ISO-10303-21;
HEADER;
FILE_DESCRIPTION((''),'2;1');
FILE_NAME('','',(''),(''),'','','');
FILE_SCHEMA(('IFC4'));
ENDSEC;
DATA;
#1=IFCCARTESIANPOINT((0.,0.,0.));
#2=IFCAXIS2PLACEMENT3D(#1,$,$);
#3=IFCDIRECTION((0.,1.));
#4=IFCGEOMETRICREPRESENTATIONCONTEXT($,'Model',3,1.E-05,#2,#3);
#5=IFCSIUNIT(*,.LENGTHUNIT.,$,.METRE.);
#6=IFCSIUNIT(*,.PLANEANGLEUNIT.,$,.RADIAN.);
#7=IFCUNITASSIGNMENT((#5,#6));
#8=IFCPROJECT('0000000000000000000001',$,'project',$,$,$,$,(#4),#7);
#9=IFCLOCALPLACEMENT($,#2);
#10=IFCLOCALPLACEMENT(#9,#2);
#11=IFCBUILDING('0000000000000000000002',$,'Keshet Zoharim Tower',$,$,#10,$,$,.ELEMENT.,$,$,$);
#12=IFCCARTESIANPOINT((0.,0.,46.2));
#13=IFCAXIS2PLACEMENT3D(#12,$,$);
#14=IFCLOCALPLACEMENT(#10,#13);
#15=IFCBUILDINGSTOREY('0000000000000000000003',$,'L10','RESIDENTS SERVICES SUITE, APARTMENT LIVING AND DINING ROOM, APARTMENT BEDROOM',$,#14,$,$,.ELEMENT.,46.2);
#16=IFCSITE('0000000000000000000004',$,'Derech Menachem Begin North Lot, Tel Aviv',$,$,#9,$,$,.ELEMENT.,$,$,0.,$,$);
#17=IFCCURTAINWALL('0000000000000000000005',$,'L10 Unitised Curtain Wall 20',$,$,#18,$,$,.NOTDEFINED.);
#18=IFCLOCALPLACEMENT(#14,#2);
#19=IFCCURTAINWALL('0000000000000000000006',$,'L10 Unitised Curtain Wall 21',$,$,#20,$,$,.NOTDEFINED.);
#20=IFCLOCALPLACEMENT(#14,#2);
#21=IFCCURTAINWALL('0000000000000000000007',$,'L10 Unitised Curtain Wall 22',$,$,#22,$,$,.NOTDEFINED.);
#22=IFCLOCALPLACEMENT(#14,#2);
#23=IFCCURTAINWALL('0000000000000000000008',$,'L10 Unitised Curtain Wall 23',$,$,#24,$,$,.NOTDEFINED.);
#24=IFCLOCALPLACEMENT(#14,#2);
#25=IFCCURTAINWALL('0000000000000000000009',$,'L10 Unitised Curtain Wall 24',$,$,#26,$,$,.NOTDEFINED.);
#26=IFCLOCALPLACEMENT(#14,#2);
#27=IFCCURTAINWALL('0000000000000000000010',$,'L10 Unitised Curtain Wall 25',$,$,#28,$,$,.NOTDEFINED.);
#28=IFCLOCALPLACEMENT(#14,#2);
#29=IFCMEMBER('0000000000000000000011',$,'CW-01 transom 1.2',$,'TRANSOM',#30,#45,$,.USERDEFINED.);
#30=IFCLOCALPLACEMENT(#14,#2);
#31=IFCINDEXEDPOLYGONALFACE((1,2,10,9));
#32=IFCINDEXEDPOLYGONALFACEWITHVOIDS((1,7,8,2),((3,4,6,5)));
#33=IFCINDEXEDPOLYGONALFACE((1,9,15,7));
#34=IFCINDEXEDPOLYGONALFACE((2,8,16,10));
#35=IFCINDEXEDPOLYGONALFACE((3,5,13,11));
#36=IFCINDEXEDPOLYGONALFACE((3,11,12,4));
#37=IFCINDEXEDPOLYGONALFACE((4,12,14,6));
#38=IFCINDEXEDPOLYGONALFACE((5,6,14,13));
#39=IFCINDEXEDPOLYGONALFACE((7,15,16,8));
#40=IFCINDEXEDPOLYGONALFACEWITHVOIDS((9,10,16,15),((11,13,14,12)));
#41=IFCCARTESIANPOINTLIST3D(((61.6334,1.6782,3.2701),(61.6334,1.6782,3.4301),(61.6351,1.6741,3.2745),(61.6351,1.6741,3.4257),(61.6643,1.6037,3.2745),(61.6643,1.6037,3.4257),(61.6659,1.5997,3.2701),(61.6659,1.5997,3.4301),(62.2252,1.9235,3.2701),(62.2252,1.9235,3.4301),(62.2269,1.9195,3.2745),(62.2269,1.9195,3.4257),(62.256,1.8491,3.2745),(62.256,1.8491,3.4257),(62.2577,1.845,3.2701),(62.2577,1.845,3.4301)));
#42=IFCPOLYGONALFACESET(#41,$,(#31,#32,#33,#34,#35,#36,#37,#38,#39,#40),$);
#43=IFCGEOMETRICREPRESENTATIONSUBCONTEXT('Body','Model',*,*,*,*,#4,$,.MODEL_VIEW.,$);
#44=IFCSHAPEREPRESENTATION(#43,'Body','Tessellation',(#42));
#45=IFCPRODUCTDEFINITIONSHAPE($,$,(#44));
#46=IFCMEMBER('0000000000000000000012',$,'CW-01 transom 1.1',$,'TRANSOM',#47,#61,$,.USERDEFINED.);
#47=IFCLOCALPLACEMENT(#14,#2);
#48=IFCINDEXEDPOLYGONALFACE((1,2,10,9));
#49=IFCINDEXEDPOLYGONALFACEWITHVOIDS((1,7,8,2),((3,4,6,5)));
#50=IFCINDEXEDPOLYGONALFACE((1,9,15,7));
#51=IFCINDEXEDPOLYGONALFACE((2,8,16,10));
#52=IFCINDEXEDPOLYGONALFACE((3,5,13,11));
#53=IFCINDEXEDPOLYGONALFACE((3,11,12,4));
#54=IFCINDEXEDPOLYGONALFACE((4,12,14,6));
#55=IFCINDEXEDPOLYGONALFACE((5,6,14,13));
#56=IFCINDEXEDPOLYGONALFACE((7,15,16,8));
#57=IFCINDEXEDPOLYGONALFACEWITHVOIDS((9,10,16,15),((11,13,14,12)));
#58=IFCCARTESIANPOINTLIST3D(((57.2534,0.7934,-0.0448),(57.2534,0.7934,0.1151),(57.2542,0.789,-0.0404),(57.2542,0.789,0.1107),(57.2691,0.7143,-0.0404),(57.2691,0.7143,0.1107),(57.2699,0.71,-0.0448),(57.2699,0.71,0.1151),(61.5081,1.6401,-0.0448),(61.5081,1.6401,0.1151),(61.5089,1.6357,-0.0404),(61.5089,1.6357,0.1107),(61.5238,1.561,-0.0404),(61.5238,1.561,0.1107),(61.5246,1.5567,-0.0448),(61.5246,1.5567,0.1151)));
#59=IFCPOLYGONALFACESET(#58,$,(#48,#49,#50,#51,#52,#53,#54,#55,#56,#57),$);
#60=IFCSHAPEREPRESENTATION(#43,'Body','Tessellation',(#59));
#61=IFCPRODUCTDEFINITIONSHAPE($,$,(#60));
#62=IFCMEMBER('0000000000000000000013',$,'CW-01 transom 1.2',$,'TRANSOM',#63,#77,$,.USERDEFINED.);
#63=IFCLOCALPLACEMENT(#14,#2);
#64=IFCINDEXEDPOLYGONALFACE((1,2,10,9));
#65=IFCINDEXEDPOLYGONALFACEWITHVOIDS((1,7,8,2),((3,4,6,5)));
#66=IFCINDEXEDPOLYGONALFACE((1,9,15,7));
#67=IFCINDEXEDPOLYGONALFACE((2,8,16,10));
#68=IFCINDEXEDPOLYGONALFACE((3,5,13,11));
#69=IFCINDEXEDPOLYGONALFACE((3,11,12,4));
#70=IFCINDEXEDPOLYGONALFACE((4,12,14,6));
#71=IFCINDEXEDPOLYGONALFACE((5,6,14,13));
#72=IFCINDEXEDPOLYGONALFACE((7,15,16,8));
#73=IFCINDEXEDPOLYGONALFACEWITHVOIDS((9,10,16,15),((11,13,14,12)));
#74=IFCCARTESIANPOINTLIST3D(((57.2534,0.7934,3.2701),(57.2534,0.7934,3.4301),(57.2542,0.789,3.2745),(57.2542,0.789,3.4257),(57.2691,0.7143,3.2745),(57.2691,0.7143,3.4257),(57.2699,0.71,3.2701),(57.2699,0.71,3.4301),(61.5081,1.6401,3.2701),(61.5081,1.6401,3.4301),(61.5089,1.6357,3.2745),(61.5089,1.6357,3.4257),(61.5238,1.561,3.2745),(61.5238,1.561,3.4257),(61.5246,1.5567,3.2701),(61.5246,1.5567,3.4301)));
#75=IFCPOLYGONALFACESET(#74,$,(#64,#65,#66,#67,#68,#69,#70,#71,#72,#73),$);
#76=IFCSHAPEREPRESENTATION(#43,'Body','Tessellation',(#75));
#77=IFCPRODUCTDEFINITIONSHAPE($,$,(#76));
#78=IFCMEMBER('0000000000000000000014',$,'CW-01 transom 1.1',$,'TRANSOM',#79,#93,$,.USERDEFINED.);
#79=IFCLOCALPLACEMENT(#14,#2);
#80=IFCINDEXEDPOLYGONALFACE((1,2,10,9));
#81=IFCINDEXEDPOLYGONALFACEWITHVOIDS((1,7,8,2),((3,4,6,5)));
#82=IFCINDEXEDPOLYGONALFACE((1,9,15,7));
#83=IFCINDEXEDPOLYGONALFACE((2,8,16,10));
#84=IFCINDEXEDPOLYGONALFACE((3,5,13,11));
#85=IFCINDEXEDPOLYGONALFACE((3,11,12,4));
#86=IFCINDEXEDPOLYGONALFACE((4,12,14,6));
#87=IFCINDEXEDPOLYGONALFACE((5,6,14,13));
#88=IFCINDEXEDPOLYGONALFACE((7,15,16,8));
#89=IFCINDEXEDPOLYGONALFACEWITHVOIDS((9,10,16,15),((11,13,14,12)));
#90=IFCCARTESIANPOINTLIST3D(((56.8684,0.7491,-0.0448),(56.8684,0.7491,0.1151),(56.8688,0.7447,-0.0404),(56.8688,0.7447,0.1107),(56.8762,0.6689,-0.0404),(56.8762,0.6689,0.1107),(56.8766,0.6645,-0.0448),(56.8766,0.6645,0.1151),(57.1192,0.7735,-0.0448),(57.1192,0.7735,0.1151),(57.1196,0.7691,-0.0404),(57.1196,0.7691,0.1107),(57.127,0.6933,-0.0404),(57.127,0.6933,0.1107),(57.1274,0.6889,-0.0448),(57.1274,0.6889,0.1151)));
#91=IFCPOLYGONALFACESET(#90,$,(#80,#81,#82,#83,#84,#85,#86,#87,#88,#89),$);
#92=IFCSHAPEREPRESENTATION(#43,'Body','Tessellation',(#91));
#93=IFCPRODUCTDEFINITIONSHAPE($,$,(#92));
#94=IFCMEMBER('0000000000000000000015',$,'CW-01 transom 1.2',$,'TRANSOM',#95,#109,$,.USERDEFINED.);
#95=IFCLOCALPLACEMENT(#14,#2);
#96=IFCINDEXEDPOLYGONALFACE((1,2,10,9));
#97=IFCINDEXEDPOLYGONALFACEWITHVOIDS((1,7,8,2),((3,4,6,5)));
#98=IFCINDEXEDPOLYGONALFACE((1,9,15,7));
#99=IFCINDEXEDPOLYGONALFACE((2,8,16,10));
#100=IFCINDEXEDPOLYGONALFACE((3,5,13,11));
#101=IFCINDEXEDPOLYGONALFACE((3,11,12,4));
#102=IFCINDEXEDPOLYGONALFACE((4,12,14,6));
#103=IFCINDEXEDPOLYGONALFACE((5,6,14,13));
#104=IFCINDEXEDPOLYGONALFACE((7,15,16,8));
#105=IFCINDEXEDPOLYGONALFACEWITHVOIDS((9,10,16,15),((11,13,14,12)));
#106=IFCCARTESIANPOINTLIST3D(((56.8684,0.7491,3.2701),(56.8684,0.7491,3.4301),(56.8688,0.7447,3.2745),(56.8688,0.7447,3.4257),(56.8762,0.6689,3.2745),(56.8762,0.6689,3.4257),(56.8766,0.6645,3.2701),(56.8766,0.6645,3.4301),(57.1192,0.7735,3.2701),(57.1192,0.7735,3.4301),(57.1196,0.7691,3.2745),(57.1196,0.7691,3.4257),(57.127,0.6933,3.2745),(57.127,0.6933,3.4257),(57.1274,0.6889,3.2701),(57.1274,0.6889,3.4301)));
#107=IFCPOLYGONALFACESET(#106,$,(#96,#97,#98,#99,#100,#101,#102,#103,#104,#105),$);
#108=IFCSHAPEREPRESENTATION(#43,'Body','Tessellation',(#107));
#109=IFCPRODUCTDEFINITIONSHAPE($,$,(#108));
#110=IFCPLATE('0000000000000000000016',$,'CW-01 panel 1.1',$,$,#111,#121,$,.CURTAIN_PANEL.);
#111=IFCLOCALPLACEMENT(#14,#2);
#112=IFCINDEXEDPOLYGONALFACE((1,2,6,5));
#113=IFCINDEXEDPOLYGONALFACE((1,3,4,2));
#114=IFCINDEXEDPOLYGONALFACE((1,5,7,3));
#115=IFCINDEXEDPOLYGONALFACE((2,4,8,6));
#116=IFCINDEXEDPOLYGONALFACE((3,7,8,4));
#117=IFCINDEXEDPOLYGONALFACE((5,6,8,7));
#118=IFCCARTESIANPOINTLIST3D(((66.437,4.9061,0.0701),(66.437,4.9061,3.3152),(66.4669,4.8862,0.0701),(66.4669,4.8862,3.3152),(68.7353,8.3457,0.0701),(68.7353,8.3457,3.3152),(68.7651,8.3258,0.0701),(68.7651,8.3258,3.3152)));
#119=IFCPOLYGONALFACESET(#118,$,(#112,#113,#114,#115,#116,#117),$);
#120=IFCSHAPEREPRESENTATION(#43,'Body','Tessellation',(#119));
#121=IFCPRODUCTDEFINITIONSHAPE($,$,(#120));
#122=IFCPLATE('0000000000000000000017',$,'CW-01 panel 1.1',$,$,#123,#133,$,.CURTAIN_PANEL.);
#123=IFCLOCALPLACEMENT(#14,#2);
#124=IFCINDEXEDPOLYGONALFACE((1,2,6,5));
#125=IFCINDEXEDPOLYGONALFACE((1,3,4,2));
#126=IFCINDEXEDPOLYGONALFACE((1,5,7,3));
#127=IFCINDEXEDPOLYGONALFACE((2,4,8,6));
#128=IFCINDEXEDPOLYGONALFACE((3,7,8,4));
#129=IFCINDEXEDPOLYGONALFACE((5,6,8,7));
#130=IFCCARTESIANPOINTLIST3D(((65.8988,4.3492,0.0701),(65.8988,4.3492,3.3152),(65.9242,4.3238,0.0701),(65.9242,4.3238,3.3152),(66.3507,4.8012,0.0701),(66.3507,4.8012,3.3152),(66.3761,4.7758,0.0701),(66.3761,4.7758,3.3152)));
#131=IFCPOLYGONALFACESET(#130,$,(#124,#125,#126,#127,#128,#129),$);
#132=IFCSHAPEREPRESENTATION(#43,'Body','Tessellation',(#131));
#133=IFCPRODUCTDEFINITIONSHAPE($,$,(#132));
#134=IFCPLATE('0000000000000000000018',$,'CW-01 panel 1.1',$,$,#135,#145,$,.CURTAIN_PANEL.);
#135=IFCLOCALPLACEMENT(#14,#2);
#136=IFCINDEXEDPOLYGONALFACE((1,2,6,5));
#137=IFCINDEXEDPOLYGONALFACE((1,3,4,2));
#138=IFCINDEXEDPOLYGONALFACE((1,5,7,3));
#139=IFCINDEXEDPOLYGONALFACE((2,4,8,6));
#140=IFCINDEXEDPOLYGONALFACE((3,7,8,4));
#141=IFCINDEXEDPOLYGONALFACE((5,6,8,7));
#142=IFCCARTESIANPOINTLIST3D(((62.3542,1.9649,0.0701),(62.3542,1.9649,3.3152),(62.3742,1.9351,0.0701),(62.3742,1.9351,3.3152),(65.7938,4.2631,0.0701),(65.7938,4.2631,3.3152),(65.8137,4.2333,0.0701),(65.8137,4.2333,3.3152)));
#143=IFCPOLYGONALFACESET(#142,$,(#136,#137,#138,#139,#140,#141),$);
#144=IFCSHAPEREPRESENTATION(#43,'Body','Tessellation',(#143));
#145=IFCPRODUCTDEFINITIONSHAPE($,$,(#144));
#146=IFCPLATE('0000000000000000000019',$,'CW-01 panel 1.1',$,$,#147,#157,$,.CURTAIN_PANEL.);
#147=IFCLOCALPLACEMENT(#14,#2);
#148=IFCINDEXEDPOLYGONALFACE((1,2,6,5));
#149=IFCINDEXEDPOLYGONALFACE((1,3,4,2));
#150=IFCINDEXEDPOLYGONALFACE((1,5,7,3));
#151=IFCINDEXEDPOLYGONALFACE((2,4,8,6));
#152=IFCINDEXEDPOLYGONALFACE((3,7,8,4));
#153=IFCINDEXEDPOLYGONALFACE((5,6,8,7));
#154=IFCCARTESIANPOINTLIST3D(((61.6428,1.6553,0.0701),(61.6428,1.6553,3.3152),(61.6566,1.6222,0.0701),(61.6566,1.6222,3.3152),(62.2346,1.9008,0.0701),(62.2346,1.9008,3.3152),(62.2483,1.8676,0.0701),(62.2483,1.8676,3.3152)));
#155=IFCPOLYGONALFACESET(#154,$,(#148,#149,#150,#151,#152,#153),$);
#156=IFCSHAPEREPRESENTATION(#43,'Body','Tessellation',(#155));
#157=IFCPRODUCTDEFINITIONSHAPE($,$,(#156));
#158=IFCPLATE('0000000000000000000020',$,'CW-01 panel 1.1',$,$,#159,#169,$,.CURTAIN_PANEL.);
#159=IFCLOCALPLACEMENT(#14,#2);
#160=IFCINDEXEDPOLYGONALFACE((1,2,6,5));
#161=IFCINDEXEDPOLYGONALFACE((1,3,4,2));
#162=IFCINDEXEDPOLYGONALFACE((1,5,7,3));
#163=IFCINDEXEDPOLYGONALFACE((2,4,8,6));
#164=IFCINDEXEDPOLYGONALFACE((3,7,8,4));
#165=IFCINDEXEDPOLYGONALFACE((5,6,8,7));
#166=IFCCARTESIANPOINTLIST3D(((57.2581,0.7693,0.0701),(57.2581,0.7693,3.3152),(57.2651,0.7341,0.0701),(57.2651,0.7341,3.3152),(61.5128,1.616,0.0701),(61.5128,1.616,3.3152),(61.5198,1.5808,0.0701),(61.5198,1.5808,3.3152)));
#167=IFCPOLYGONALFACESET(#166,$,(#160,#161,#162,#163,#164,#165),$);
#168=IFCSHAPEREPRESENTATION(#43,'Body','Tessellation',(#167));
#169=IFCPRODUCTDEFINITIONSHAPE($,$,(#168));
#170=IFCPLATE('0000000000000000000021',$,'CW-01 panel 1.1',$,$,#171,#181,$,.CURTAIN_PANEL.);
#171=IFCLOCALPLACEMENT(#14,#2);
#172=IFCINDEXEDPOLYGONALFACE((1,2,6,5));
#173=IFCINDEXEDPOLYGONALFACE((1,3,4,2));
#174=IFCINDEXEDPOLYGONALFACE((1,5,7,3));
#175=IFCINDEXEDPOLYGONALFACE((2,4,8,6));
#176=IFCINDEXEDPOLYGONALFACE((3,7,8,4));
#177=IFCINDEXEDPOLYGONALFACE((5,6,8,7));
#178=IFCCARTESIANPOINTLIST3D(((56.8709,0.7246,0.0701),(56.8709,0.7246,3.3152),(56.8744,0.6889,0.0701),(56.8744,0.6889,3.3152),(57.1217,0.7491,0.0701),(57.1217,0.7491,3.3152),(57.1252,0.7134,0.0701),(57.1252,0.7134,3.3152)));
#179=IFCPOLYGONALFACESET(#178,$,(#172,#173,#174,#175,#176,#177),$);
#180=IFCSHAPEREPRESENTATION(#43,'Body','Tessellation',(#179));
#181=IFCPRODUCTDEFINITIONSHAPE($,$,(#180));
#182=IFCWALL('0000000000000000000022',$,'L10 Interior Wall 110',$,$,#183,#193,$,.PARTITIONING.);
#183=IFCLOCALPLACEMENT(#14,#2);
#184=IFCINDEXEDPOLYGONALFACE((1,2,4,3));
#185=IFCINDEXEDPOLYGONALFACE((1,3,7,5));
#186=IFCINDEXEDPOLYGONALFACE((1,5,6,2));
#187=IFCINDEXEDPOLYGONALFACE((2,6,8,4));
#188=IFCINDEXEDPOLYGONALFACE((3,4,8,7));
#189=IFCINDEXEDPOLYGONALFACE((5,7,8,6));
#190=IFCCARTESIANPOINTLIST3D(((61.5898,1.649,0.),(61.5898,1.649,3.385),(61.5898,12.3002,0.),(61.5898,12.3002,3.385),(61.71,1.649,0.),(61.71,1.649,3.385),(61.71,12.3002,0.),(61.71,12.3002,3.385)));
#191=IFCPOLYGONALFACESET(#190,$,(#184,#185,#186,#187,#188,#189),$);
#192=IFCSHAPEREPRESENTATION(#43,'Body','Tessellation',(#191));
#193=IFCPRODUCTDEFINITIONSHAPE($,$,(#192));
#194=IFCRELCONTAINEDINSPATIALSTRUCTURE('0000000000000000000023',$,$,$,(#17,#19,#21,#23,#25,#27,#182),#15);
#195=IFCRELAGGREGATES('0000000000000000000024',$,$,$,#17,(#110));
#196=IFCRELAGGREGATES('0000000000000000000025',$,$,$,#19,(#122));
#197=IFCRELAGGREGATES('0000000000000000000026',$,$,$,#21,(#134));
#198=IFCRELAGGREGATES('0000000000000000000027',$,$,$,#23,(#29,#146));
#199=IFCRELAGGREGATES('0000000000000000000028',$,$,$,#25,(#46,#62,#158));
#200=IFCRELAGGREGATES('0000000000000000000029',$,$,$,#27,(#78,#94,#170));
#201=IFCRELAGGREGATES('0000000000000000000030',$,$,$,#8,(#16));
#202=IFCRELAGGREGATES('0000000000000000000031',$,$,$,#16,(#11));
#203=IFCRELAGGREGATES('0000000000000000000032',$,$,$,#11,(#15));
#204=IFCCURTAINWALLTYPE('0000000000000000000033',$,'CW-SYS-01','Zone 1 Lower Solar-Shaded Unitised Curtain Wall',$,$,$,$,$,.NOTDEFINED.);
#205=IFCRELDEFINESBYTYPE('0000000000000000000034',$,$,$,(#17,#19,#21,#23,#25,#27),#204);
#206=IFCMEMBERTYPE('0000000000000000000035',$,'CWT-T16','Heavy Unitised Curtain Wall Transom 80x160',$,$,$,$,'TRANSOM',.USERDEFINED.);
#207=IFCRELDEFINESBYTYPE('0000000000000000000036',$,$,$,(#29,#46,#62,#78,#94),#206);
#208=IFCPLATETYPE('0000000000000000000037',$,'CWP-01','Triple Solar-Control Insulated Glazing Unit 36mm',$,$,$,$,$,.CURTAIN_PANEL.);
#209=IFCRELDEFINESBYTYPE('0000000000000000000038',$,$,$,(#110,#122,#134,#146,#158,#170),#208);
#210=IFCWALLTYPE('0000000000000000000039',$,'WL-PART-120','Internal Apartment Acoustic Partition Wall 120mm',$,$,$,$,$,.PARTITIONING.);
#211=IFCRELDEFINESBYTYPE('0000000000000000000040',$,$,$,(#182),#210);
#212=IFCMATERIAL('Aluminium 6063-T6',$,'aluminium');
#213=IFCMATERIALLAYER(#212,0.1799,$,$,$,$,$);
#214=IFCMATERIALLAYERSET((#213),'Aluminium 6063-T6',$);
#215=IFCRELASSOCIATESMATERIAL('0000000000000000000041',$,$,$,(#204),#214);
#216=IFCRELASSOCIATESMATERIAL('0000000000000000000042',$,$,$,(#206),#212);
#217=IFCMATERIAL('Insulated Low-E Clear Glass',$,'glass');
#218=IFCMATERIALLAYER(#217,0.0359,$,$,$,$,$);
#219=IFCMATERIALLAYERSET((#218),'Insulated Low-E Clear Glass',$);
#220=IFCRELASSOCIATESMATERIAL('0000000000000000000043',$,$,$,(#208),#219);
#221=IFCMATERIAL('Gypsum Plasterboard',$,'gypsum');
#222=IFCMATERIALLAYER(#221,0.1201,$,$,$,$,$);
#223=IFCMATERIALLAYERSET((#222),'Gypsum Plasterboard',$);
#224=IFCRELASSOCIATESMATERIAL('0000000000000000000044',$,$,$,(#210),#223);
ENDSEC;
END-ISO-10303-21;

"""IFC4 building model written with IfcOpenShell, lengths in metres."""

from ifc_helpers import new_model, si_unit, direction, frame, frame_2d, origin, origin_2d, place, context, subcontext, project, spatial, rectangle, hollow_rectangle, extrude, material, layer, layer_set, material_profile, profile_set, type_object, element, aggregate, save


model = new_model("IFC4")

# Units and contexts
model_context = context("Model", 3, precision=1e-05, world=origin(), true_north=direction((0.0, 1.0)))
body_context = subcontext(model_context, "Body", "Model", "MODEL_VIEW")
ifc_project = project(units=[si_unit("LENGTHUNIT", "METRE"), si_unit("PLANEANGLEUNIT", "RADIAN")], contexts=[model_context])

# Site, building, storey
site_placement = place(None, origin())
site = spatial("IfcSite", under=ifc_project, at=site_placement, Name="Derech Menachem Begin North Lot, Tel Aviv", CompositionType="ELEMENT", RefElevation=0.0)
building_placement = place(site_placement, origin())
building = spatial("IfcBuilding", under=site, at=building_placement, Name="Keshet Zoharim Tower", CompositionType="ELEMENT")
storey_placement = place(building_placement, frame((0.0, 0.0, 46.2)))
storey = spatial("IfcBuildingStorey", under=building, at=storey_placement, Name="L10", Description="RESIDENTS SERVICES SUITE, APARTMENT LIVING AND DINING ROOM, APARTMENT BEDROOM", CompositionType="ELEMENT", Elevation=46.2)

# Curtain wall
ifc_material_1 = material(Name="Aluminium 6063-T6", Category="aluminium")
ifc_layer_1 = layer(ifc_material_1, 0.1799)
ifc_layer_set_1 = layer_set([ifc_layer_1], Name="Aluminium 6063-T6")
curtain_wall_type = type_object("IfcCurtainWallType", Name="CW-SYS-01", Description="Zone 1 Lower Solar-Shaded Unitised Curtain Wall", PredefinedType="NOTDEFINED", material=ifc_layer_set_1)
curtain_wall_1_placement = place(storey_placement, origin())
curtain_wall_1 = element("IfcCurtainWall", 1, at=curtain_wall_1_placement, inside=storey, type_object=curtain_wall_type, Name="L10 Unitised Curtain Wall 20", PredefinedType="NOTDEFINED")

# Curtain walls
curtain_wall_2_placement = place(storey_placement, origin())
curtain_wall_2 = element("IfcCurtainWall", 2, at=curtain_wall_2_placement, inside=storey, type_object=curtain_wall_type, Name="L10 Unitised Curtain Wall 21", PredefinedType="NOTDEFINED")
curtain_wall_3_placement = place(storey_placement, origin())
curtain_wall_3 = element("IfcCurtainWall", 3, at=curtain_wall_3_placement, inside=storey, type_object=curtain_wall_type, Name="L10 Unitised Curtain Wall 22", PredefinedType="NOTDEFINED")
curtain_wall_4_placement = place(storey_placement, origin())
curtain_wall_4 = element("IfcCurtainWall", 4, at=curtain_wall_4_placement, inside=storey, type_object=curtain_wall_type, Name="L10 Unitised Curtain Wall 23", PredefinedType="NOTDEFINED")
curtain_wall_5_placement = place(storey_placement, origin())
curtain_wall_5 = element("IfcCurtainWall", 5, at=curtain_wall_5_placement, inside=storey, type_object=curtain_wall_type, Name="L10 Unitised Curtain Wall 24", PredefinedType="NOTDEFINED")
curtain_wall_6_placement = place(storey_placement, origin())
curtain_wall_6 = element("IfcCurtainWall", 6, at=curtain_wall_6_placement, inside=storey, type_object=curtain_wall_type, Name="L10 Unitised Curtain Wall 25", PredefinedType="NOTDEFINED")

# Members
ifc_material_profile_1 = material_profile(ifc_material_1, hollow_rectangle(XDim=0.085, YDim=0.1599, WallThickness=0.0044, at=origin_2d()), Name="TRN-85x160")
ifc_profile_set_1 = profile_set([ifc_material_profile_1], Name="Aluminium 6063-T6")
member_type_1 = type_object("IfcMemberType", Name="CWT-T16", Description="Heavy Unitised Curtain Wall Transom 80x160", ElementType="TRANSOM", PredefinedType="USERDEFINED", material=ifc_profile_set_1)
member_1_placement = place(storey_placement, frame((62.2415, 1.8843, 3.3501), z_axis=(-0.923752, -0.382991, 0.0), x_axis=(0.382991, -0.923752, 0.0)))
member_1 = element("IfcMember", 7, at=member_1_placement, type_object=member_type_1, Name="CW-01 transom 1.2", ObjectType="TRANSOM", PredefinedType="USERDEFINED", context=body_context, shape_type="SweptSolid", body=[
    extrude(hollow_rectangle(XDim=0.085, YDim=0.1599, WallThickness=0.0044, at=origin_2d()), origin(), (0.0, 0.0, 1.0), 0.6406),
])
member_2_placement = place(storey_placement, frame((61.5164, 1.5984, 0.0352), z_axis=(-0.980769, -0.195174, 0.0), x_axis=(0.195174, -0.980769, 0.0)))
member_2 = element("IfcMember", 8, at=member_2_placement, type_object=member_type_1, Name="CW-01 transom 1.1", ObjectType="TRANSOM", PredefinedType="USERDEFINED", context=body_context, shape_type="SweptSolid", body=[
    extrude(hollow_rectangle(XDim=0.085, YDim=0.1599, WallThickness=0.0044, at=origin_2d()), origin(), (0.0, 0.0, 1.0), 4.3381),
])
member_3_placement = place(storey_placement, frame((61.5164, 1.5984, 3.3501), z_axis=(-0.980769, -0.195174, 0.0), x_axis=(0.195174, -0.980769, 0.0)))
member_3 = element("IfcMember", 9, at=member_3_placement, type_object=member_type_1, Name="CW-01 transom 1.2", ObjectType="TRANSOM", PredefinedType="USERDEFINED", context=body_context, shape_type="SweptSolid", body=[
    extrude(hollow_rectangle(XDim=0.085, YDim=0.1599, WallThickness=0.0044, at=origin_2d()), origin(), (0.0, 0.0, 1.0), 4.3381),
])
member_4_placement = place(storey_placement, frame((57.1233, 0.7312, 0.0352), z_axis=(-0.995293, -0.096913, 0.0), x_axis=(0.096913, -0.995293, 0.0)))
member_4 = element("IfcMember", 10, at=member_4_placement, type_object=member_type_1, Name="CW-01 transom 1.1", ObjectType="TRANSOM", PredefinedType="USERDEFINED", context=body_context, shape_type="SweptSolid", body=[
    extrude(hollow_rectangle(XDim=0.085, YDim=0.1599, WallThickness=0.0044, at=origin_2d()), origin(), (0.0, 0.0, 1.0), 0.252),
])
member_5_placement = place(storey_placement, frame((57.1233, 0.7312, 3.3501), z_axis=(-0.995293, -0.096913, 0.0), x_axis=(0.096913, -0.995293, 0.0)))
member_5 = element("IfcMember", 11, at=member_5_placement, type_object=member_type_1, Name="CW-01 transom 1.2", ObjectType="TRANSOM", PredefinedType="USERDEFINED", context=body_context, shape_type="SweptSolid", body=[
    extrude(hollow_rectangle(XDim=0.085, YDim=0.1599, WallThickness=0.0044, at=origin_2d()), origin(), (0.0, 0.0, 1.0), 0.252),
])

# Plates
ifc_material_2 = material(Name="Insulated Low-E Clear Glass", Category="glass")
ifc_layer_2 = layer(ifc_material_2, 0.0359)
ifc_layer_set_2 = layer_set([ifc_layer_2], Name="Insulated Low-E Clear Glass")
plate_type = type_object("IfcPlateType", Name="CWP-01", Description="Triple Solar-Control Insulated Glazing Unit 36mm", PredefinedType="CURTAIN_PANEL", material=ifc_layer_set_2)
plate_1_placement = place(storey_placement, frame((67.6011, 6.616, 0.0701), z_axis=(0.0, 0.0, 1.0), x_axis=(-0.555563, -0.831474, 0.0)))
plate_1 = element("IfcPlate", 12, at=plate_1_placement, type_object=plate_type, Name="CW-01 panel 1.1", PredefinedType="CURTAIN_PANEL", context=body_context, shape_type="SweptSolid", body=[
    extrude(rectangle(XDim=4.1367, YDim=0.0359, at=origin_2d()), origin(), (0.0, 0.0, 1.0), 3.2451),
])
aggregate(curtain_wall_1, [plate_1])
plate_2_placement = place(storey_placement, frame((66.1375, 4.5625, 0.0701), z_axis=(0.0, 0.0, 1.0), x_axis=(-0.707107, -0.707107, 0.0)))
plate_2 = element("IfcPlate", 13, at=plate_2_placement, type_object=plate_type, Name="CW-01 panel 1.1", PredefinedType="CURTAIN_PANEL", context=body_context, shape_type="SweptSolid", body=[
    extrude(rectangle(XDim=0.6392, YDim=0.0359, at=origin_2d()), origin(), (0.0, 0.0, 1.0), 3.2451),
])
aggregate(curtain_wall_2, [plate_2])
plate_3_placement = place(storey_placement, frame((64.084, 3.0991, 0.0701), z_axis=(0.0, 0.0, 1.0), x_axis=(-0.831474, -0.555563, 0.0)))
plate_3 = element("IfcPlate", 14, at=plate_3_placement, type_object=plate_type, Name="CW-01 panel 1.1", PredefinedType="CURTAIN_PANEL", context=body_context, shape_type="SweptSolid", body=[
    extrude(rectangle(XDim=4.1367, YDim=0.0359, at=origin_2d()), origin(), (0.0, 0.0, 1.0), 3.2451),
])
aggregate(curtain_wall_3, [plate_3])
plate_4_placement = place(storey_placement, frame((61.9456, 1.7615, 0.0701), z_axis=(0.0, 0.0, 1.0), x_axis=(-0.92372, -0.383068, 0.0)))
plate_4 = element("IfcPlate", 15, at=plate_4_placement, type_object=plate_type, Name="CW-01 panel 1.1", PredefinedType="CURTAIN_PANEL", context=body_context, shape_type="SweptSolid", body=[
    extrude(rectangle(XDim=0.6406, YDim=0.0359, at=origin_2d()), origin(), (0.0, 0.0, 1.0), 3.2451),
])
aggregate(curtain_wall_4, [member_1, plate_4])
plate_5_placement = place(storey_placement, frame((59.3889, 1.175, 0.0701), z_axis=(0.0, 0.0, 1.0), x_axis=(-0.980769, -0.195171, 0.0)))
plate_5 = element("IfcPlate", 16, at=plate_5_placement, type_object=plate_type, Name="CW-01 panel 1.1", PredefinedType="CURTAIN_PANEL", context=body_context, shape_type="SweptSolid", body=[
    extrude(rectangle(XDim=4.3381, YDim=0.0359, at=origin_2d()), origin(), (0.0, 0.0, 1.0), 3.2451),
])
aggregate(curtain_wall_5, [member_2, member_3, plate_5])
plate_6_placement = place(storey_placement, frame((56.998, 0.719, 0.0701), z_axis=(0.0, 0.0, 1.0), x_axis=(-0.995287, -0.096977, 0.0)))
plate_6 = element("IfcPlate", 17, at=plate_6_placement, type_object=plate_type, Name="CW-01 panel 1.1", PredefinedType="CURTAIN_PANEL", context=body_context, shape_type="SweptSolid", body=[
    extrude(rectangle(XDim=0.252, YDim=0.0359, at=origin_2d()), origin(), (0.0, 0.0, 1.0), 3.2451),
])
aggregate(curtain_wall_6, [member_4, member_5, plate_6])

# Wall
ifc_material_3 = material(Name="Gypsum Plasterboard", Category="gypsum")
ifc_layer_3 = layer(ifc_material_3, 0.1201)
ifc_layer_set_3 = layer_set([ifc_layer_3], Name="Gypsum Plasterboard")
wall_type = type_object("IfcWallType", Name="WL-PART-120", Description="Internal Apartment Acoustic Partition Wall 120mm", PredefinedType="PARTITIONING", material=ifc_layer_set_3)
wall_1_placement = place(storey_placement, frame((61.6499, 1.6489, 0.0), z_axis=(0.0, 0.0, 1.0), x_axis=(0.0, 1.0, 0.0)))
element("IfcWall", 18, at=wall_1_placement, inside=storey, type_object=wall_type, Name="L10 Interior Wall 110", PredefinedType="PARTITIONING", context=body_context, shape_type="SweptSolid", body=[
    extrude(rectangle(XDim=10.6511, YDim=0.1201, at=frame_2d((5.3257, 0.0))), origin(), (0.0, 0.0, 1.0), 3.385),
])

save(model, "model.ifc")
